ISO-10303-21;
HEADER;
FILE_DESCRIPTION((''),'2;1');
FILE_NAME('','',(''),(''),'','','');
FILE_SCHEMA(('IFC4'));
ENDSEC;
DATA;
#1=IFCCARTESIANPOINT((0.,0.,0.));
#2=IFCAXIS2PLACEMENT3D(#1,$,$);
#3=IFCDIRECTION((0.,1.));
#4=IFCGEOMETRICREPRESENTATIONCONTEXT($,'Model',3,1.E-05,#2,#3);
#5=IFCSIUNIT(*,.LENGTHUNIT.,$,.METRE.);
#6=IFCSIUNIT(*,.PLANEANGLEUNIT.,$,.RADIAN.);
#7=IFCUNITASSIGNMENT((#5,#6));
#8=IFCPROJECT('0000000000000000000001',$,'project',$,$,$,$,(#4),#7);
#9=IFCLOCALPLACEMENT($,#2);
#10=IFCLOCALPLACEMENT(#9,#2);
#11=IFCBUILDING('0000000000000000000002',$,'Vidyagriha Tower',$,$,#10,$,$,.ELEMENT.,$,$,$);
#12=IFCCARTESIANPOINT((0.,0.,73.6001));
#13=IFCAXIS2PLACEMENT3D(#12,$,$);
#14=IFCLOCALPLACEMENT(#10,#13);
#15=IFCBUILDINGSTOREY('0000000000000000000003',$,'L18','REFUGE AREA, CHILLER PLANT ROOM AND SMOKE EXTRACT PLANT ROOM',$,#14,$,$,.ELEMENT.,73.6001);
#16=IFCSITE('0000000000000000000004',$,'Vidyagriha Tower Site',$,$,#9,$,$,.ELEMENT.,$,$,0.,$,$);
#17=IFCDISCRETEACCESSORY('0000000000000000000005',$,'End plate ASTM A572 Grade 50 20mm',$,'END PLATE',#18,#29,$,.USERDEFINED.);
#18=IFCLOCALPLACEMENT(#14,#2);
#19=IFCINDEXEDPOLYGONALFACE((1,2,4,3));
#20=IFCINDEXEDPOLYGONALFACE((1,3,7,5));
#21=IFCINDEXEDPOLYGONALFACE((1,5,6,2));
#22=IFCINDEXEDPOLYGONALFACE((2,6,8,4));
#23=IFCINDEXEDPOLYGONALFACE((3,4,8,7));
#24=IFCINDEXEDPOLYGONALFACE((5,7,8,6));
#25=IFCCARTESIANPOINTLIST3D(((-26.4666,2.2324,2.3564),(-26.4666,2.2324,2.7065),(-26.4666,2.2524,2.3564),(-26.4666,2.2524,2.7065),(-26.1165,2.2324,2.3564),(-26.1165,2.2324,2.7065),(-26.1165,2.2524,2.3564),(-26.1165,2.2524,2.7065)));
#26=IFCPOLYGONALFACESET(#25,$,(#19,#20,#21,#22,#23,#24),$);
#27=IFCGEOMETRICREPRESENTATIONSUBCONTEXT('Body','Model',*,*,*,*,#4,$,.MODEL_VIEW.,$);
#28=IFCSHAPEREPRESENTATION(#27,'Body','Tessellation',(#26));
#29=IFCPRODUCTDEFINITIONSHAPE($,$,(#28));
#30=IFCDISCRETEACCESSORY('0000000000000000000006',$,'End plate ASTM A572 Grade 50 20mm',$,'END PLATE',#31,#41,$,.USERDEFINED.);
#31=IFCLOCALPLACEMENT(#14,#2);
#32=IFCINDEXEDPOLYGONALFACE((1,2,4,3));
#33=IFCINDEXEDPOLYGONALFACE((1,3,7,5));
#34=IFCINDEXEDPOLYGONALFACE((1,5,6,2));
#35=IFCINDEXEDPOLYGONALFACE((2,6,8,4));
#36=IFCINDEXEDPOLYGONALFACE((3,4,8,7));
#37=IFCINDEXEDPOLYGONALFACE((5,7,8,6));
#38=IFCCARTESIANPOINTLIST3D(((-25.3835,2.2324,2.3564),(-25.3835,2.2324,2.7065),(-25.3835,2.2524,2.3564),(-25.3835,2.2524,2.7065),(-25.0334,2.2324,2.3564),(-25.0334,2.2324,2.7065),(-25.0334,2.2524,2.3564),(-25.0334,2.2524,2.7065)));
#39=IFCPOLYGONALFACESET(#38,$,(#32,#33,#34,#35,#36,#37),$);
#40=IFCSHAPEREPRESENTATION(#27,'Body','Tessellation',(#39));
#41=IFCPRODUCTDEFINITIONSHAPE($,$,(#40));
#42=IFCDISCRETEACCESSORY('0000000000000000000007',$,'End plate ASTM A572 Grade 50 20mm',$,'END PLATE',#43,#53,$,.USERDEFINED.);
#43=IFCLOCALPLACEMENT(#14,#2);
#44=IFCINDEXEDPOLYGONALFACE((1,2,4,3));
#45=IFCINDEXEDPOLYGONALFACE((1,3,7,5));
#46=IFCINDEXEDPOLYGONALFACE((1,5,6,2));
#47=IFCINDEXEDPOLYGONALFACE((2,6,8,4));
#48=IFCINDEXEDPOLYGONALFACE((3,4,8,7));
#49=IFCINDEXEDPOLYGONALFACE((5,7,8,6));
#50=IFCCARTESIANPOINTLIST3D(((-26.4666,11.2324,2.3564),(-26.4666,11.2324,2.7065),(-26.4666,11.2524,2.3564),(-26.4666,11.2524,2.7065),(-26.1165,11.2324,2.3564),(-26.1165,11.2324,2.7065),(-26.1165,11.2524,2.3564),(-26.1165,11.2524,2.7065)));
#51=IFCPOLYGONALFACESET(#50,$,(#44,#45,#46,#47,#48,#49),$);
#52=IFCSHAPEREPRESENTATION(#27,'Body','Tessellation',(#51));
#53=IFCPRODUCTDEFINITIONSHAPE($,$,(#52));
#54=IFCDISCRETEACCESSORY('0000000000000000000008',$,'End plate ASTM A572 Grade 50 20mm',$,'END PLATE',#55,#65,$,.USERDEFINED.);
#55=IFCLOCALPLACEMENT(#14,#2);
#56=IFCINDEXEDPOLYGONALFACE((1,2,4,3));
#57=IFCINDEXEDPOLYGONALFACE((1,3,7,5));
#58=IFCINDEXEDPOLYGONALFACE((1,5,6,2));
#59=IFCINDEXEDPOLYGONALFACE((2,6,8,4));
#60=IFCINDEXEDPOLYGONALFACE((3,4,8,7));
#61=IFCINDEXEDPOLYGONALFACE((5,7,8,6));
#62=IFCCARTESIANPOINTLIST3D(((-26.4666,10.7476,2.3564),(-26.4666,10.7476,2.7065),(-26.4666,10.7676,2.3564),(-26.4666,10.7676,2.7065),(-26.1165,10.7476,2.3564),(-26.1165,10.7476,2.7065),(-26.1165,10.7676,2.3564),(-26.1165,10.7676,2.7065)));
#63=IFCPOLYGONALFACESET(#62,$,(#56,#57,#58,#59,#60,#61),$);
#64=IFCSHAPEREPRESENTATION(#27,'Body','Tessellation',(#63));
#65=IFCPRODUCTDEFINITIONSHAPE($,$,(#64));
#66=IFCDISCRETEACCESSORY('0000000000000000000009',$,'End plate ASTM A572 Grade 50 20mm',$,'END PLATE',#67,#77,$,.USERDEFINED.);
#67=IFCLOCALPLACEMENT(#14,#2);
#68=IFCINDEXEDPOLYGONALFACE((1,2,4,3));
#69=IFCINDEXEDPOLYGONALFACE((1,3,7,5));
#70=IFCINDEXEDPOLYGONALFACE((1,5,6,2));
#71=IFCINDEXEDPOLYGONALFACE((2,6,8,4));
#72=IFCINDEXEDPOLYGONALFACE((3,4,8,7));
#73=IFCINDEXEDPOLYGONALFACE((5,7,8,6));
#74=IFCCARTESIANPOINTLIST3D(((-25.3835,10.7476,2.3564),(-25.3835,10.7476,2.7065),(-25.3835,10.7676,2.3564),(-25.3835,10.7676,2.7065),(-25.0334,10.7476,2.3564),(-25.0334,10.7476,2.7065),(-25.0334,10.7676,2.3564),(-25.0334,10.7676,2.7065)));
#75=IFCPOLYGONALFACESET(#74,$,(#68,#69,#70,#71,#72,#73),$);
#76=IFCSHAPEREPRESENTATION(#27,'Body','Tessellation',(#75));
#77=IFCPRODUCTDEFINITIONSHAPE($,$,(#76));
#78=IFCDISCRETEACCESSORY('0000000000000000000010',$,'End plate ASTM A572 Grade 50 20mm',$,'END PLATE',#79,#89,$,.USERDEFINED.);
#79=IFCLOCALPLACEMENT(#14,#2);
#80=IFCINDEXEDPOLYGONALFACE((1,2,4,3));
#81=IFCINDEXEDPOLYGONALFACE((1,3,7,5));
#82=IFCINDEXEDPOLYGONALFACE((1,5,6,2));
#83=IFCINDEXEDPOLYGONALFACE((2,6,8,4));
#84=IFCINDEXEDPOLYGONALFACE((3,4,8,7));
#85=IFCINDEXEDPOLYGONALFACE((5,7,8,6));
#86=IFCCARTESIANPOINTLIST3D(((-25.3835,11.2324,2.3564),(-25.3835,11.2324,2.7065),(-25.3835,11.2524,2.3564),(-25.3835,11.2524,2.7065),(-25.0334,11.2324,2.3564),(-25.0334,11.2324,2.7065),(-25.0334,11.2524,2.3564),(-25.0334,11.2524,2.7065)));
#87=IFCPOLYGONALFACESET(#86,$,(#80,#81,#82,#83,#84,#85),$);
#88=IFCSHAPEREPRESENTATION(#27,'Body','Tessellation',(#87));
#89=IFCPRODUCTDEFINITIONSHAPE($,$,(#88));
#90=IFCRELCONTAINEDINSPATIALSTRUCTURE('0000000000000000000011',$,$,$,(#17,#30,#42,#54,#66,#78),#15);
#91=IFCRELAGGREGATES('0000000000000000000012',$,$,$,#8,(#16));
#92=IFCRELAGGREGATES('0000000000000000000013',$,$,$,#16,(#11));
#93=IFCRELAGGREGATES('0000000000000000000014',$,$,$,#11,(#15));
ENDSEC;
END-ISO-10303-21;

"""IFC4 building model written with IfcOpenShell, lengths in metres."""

from ifc_helpers import new_model, si_unit, direction, frame, origin, origin_2d, place, context, subcontext, project, spatial, rectangle, extrude, element, save


model = new_model("IFC4")

# Units and contexts
model_context = context("Model", 3, precision=1e-05, world=origin(), true_north=direction((0.0, 1.0)))
body_context = subcontext(model_context, "Body", "Model", "MODEL_VIEW")
ifc_project = project(units=[si_unit("LENGTHUNIT", "METRE"), si_unit("PLANEANGLEUNIT", "RADIAN")], contexts=[model_context])

# Site, building, storey
site_placement = place(None, origin())
site = spatial("IfcSite", under=ifc_project, at=site_placement, Name="Vidyagriha Tower Site", CompositionType="ELEMENT", RefElevation=0.0)
building_placement = place(site_placement, origin())
building = spatial("IfcBuilding", under=site, at=building_placement, Name="Vidyagriha Tower", CompositionType="ELEMENT")
storey_placement = place(building_placement, frame((0.0, 0.0, 73.6001)))
storey = spatial("IfcBuildingStorey", under=building, at=storey_placement, Name="L18", Description="REFUGE AREA, CHILLER PLANT ROOM AND SMOKE EXTRACT PLANT ROOM", CompositionType="ELEMENT", Elevation=73.6001)

# Discrete accessories
discrete_accessory_1_placement = place(storey_placement, frame((-26.2915, 2.2424, 2.3564)))
element("IfcDiscreteAccessory", 1, at=discrete_accessory_1_placement, inside=storey, Name="End plate ASTM A572 Grade 50 20mm", ObjectType="END PLATE", PredefinedType="USERDEFINED", context=body_context, shape_type="SweptSolid", body=[
    extrude(rectangle(XDim=0.3501, YDim=0.02, at=origin_2d()), origin(), (0.0, 0.0, 1.0), 0.3501),
])
discrete_accessory_2_placement = place(storey_placement, frame((-25.2085, 2.2424, 2.3564), z_axis=(0.0, 0.0, 1.0), x_axis=(-1.0, 0.0, 0.0)))
element("IfcDiscreteAccessory", 2, at=discrete_accessory_2_placement, inside=storey, Name="End plate ASTM A572 Grade 50 20mm", ObjectType="END PLATE", PredefinedType="USERDEFINED", context=body_context, shape_type="SweptSolid", body=[
    extrude(rectangle(XDim=0.3501, YDim=0.02, at=origin_2d()), origin(), (0.0, 0.0, 1.0), 0.3501),
])
for number, where, name in (
    (3, (-26.2915, 11.2424, 2.3564), "End plate ASTM A572 Grade 50 20mm"),
    (4, (-26.2915, 10.7576, 2.3564), "End plate ASTM A572 Grade 50 20mm"),
):
    element("IfcDiscreteAccessory", number, at=place(storey_placement, frame(where)), inside=storey, Name=name, ObjectType="END PLATE", PredefinedType="USERDEFINED", context=body_context, shape_type="SweptSolid", body=[
        extrude(rectangle(XDim=0.3501, YDim=0.02, at=origin_2d()), origin(), (0.0, 0.0, 1.0), 0.3501),
    ])
for number, where, z_axis, x_axis, name in (
    (5, (-25.2085, 10.7576, 2.3564), (0.0, 0.0, 1.0), (-1.0, 0.0, 0.0), "End plate ASTM A572 Grade 50 20mm"),
    (6, (-25.2085, 11.2424, 2.3564), (0.0, 0.0, 1.0), (-1.0, 0.0, 0.0), "End plate ASTM A572 Grade 50 20mm"),
):
    element("IfcDiscreteAccessory", number, at=place(storey_placement, frame(where, z_axis=z_axis, x_axis=x_axis)), inside=storey, Name=name, ObjectType="END PLATE", PredefinedType="USERDEFINED", context=body_context, shape_type="SweptSolid", body=[
        extrude(rectangle(XDim=0.3501, YDim=0.02, at=origin_2d()), origin(), (0.0, 0.0, 1.0), 0.3501),
    ])

save(model, "model.ifc")
